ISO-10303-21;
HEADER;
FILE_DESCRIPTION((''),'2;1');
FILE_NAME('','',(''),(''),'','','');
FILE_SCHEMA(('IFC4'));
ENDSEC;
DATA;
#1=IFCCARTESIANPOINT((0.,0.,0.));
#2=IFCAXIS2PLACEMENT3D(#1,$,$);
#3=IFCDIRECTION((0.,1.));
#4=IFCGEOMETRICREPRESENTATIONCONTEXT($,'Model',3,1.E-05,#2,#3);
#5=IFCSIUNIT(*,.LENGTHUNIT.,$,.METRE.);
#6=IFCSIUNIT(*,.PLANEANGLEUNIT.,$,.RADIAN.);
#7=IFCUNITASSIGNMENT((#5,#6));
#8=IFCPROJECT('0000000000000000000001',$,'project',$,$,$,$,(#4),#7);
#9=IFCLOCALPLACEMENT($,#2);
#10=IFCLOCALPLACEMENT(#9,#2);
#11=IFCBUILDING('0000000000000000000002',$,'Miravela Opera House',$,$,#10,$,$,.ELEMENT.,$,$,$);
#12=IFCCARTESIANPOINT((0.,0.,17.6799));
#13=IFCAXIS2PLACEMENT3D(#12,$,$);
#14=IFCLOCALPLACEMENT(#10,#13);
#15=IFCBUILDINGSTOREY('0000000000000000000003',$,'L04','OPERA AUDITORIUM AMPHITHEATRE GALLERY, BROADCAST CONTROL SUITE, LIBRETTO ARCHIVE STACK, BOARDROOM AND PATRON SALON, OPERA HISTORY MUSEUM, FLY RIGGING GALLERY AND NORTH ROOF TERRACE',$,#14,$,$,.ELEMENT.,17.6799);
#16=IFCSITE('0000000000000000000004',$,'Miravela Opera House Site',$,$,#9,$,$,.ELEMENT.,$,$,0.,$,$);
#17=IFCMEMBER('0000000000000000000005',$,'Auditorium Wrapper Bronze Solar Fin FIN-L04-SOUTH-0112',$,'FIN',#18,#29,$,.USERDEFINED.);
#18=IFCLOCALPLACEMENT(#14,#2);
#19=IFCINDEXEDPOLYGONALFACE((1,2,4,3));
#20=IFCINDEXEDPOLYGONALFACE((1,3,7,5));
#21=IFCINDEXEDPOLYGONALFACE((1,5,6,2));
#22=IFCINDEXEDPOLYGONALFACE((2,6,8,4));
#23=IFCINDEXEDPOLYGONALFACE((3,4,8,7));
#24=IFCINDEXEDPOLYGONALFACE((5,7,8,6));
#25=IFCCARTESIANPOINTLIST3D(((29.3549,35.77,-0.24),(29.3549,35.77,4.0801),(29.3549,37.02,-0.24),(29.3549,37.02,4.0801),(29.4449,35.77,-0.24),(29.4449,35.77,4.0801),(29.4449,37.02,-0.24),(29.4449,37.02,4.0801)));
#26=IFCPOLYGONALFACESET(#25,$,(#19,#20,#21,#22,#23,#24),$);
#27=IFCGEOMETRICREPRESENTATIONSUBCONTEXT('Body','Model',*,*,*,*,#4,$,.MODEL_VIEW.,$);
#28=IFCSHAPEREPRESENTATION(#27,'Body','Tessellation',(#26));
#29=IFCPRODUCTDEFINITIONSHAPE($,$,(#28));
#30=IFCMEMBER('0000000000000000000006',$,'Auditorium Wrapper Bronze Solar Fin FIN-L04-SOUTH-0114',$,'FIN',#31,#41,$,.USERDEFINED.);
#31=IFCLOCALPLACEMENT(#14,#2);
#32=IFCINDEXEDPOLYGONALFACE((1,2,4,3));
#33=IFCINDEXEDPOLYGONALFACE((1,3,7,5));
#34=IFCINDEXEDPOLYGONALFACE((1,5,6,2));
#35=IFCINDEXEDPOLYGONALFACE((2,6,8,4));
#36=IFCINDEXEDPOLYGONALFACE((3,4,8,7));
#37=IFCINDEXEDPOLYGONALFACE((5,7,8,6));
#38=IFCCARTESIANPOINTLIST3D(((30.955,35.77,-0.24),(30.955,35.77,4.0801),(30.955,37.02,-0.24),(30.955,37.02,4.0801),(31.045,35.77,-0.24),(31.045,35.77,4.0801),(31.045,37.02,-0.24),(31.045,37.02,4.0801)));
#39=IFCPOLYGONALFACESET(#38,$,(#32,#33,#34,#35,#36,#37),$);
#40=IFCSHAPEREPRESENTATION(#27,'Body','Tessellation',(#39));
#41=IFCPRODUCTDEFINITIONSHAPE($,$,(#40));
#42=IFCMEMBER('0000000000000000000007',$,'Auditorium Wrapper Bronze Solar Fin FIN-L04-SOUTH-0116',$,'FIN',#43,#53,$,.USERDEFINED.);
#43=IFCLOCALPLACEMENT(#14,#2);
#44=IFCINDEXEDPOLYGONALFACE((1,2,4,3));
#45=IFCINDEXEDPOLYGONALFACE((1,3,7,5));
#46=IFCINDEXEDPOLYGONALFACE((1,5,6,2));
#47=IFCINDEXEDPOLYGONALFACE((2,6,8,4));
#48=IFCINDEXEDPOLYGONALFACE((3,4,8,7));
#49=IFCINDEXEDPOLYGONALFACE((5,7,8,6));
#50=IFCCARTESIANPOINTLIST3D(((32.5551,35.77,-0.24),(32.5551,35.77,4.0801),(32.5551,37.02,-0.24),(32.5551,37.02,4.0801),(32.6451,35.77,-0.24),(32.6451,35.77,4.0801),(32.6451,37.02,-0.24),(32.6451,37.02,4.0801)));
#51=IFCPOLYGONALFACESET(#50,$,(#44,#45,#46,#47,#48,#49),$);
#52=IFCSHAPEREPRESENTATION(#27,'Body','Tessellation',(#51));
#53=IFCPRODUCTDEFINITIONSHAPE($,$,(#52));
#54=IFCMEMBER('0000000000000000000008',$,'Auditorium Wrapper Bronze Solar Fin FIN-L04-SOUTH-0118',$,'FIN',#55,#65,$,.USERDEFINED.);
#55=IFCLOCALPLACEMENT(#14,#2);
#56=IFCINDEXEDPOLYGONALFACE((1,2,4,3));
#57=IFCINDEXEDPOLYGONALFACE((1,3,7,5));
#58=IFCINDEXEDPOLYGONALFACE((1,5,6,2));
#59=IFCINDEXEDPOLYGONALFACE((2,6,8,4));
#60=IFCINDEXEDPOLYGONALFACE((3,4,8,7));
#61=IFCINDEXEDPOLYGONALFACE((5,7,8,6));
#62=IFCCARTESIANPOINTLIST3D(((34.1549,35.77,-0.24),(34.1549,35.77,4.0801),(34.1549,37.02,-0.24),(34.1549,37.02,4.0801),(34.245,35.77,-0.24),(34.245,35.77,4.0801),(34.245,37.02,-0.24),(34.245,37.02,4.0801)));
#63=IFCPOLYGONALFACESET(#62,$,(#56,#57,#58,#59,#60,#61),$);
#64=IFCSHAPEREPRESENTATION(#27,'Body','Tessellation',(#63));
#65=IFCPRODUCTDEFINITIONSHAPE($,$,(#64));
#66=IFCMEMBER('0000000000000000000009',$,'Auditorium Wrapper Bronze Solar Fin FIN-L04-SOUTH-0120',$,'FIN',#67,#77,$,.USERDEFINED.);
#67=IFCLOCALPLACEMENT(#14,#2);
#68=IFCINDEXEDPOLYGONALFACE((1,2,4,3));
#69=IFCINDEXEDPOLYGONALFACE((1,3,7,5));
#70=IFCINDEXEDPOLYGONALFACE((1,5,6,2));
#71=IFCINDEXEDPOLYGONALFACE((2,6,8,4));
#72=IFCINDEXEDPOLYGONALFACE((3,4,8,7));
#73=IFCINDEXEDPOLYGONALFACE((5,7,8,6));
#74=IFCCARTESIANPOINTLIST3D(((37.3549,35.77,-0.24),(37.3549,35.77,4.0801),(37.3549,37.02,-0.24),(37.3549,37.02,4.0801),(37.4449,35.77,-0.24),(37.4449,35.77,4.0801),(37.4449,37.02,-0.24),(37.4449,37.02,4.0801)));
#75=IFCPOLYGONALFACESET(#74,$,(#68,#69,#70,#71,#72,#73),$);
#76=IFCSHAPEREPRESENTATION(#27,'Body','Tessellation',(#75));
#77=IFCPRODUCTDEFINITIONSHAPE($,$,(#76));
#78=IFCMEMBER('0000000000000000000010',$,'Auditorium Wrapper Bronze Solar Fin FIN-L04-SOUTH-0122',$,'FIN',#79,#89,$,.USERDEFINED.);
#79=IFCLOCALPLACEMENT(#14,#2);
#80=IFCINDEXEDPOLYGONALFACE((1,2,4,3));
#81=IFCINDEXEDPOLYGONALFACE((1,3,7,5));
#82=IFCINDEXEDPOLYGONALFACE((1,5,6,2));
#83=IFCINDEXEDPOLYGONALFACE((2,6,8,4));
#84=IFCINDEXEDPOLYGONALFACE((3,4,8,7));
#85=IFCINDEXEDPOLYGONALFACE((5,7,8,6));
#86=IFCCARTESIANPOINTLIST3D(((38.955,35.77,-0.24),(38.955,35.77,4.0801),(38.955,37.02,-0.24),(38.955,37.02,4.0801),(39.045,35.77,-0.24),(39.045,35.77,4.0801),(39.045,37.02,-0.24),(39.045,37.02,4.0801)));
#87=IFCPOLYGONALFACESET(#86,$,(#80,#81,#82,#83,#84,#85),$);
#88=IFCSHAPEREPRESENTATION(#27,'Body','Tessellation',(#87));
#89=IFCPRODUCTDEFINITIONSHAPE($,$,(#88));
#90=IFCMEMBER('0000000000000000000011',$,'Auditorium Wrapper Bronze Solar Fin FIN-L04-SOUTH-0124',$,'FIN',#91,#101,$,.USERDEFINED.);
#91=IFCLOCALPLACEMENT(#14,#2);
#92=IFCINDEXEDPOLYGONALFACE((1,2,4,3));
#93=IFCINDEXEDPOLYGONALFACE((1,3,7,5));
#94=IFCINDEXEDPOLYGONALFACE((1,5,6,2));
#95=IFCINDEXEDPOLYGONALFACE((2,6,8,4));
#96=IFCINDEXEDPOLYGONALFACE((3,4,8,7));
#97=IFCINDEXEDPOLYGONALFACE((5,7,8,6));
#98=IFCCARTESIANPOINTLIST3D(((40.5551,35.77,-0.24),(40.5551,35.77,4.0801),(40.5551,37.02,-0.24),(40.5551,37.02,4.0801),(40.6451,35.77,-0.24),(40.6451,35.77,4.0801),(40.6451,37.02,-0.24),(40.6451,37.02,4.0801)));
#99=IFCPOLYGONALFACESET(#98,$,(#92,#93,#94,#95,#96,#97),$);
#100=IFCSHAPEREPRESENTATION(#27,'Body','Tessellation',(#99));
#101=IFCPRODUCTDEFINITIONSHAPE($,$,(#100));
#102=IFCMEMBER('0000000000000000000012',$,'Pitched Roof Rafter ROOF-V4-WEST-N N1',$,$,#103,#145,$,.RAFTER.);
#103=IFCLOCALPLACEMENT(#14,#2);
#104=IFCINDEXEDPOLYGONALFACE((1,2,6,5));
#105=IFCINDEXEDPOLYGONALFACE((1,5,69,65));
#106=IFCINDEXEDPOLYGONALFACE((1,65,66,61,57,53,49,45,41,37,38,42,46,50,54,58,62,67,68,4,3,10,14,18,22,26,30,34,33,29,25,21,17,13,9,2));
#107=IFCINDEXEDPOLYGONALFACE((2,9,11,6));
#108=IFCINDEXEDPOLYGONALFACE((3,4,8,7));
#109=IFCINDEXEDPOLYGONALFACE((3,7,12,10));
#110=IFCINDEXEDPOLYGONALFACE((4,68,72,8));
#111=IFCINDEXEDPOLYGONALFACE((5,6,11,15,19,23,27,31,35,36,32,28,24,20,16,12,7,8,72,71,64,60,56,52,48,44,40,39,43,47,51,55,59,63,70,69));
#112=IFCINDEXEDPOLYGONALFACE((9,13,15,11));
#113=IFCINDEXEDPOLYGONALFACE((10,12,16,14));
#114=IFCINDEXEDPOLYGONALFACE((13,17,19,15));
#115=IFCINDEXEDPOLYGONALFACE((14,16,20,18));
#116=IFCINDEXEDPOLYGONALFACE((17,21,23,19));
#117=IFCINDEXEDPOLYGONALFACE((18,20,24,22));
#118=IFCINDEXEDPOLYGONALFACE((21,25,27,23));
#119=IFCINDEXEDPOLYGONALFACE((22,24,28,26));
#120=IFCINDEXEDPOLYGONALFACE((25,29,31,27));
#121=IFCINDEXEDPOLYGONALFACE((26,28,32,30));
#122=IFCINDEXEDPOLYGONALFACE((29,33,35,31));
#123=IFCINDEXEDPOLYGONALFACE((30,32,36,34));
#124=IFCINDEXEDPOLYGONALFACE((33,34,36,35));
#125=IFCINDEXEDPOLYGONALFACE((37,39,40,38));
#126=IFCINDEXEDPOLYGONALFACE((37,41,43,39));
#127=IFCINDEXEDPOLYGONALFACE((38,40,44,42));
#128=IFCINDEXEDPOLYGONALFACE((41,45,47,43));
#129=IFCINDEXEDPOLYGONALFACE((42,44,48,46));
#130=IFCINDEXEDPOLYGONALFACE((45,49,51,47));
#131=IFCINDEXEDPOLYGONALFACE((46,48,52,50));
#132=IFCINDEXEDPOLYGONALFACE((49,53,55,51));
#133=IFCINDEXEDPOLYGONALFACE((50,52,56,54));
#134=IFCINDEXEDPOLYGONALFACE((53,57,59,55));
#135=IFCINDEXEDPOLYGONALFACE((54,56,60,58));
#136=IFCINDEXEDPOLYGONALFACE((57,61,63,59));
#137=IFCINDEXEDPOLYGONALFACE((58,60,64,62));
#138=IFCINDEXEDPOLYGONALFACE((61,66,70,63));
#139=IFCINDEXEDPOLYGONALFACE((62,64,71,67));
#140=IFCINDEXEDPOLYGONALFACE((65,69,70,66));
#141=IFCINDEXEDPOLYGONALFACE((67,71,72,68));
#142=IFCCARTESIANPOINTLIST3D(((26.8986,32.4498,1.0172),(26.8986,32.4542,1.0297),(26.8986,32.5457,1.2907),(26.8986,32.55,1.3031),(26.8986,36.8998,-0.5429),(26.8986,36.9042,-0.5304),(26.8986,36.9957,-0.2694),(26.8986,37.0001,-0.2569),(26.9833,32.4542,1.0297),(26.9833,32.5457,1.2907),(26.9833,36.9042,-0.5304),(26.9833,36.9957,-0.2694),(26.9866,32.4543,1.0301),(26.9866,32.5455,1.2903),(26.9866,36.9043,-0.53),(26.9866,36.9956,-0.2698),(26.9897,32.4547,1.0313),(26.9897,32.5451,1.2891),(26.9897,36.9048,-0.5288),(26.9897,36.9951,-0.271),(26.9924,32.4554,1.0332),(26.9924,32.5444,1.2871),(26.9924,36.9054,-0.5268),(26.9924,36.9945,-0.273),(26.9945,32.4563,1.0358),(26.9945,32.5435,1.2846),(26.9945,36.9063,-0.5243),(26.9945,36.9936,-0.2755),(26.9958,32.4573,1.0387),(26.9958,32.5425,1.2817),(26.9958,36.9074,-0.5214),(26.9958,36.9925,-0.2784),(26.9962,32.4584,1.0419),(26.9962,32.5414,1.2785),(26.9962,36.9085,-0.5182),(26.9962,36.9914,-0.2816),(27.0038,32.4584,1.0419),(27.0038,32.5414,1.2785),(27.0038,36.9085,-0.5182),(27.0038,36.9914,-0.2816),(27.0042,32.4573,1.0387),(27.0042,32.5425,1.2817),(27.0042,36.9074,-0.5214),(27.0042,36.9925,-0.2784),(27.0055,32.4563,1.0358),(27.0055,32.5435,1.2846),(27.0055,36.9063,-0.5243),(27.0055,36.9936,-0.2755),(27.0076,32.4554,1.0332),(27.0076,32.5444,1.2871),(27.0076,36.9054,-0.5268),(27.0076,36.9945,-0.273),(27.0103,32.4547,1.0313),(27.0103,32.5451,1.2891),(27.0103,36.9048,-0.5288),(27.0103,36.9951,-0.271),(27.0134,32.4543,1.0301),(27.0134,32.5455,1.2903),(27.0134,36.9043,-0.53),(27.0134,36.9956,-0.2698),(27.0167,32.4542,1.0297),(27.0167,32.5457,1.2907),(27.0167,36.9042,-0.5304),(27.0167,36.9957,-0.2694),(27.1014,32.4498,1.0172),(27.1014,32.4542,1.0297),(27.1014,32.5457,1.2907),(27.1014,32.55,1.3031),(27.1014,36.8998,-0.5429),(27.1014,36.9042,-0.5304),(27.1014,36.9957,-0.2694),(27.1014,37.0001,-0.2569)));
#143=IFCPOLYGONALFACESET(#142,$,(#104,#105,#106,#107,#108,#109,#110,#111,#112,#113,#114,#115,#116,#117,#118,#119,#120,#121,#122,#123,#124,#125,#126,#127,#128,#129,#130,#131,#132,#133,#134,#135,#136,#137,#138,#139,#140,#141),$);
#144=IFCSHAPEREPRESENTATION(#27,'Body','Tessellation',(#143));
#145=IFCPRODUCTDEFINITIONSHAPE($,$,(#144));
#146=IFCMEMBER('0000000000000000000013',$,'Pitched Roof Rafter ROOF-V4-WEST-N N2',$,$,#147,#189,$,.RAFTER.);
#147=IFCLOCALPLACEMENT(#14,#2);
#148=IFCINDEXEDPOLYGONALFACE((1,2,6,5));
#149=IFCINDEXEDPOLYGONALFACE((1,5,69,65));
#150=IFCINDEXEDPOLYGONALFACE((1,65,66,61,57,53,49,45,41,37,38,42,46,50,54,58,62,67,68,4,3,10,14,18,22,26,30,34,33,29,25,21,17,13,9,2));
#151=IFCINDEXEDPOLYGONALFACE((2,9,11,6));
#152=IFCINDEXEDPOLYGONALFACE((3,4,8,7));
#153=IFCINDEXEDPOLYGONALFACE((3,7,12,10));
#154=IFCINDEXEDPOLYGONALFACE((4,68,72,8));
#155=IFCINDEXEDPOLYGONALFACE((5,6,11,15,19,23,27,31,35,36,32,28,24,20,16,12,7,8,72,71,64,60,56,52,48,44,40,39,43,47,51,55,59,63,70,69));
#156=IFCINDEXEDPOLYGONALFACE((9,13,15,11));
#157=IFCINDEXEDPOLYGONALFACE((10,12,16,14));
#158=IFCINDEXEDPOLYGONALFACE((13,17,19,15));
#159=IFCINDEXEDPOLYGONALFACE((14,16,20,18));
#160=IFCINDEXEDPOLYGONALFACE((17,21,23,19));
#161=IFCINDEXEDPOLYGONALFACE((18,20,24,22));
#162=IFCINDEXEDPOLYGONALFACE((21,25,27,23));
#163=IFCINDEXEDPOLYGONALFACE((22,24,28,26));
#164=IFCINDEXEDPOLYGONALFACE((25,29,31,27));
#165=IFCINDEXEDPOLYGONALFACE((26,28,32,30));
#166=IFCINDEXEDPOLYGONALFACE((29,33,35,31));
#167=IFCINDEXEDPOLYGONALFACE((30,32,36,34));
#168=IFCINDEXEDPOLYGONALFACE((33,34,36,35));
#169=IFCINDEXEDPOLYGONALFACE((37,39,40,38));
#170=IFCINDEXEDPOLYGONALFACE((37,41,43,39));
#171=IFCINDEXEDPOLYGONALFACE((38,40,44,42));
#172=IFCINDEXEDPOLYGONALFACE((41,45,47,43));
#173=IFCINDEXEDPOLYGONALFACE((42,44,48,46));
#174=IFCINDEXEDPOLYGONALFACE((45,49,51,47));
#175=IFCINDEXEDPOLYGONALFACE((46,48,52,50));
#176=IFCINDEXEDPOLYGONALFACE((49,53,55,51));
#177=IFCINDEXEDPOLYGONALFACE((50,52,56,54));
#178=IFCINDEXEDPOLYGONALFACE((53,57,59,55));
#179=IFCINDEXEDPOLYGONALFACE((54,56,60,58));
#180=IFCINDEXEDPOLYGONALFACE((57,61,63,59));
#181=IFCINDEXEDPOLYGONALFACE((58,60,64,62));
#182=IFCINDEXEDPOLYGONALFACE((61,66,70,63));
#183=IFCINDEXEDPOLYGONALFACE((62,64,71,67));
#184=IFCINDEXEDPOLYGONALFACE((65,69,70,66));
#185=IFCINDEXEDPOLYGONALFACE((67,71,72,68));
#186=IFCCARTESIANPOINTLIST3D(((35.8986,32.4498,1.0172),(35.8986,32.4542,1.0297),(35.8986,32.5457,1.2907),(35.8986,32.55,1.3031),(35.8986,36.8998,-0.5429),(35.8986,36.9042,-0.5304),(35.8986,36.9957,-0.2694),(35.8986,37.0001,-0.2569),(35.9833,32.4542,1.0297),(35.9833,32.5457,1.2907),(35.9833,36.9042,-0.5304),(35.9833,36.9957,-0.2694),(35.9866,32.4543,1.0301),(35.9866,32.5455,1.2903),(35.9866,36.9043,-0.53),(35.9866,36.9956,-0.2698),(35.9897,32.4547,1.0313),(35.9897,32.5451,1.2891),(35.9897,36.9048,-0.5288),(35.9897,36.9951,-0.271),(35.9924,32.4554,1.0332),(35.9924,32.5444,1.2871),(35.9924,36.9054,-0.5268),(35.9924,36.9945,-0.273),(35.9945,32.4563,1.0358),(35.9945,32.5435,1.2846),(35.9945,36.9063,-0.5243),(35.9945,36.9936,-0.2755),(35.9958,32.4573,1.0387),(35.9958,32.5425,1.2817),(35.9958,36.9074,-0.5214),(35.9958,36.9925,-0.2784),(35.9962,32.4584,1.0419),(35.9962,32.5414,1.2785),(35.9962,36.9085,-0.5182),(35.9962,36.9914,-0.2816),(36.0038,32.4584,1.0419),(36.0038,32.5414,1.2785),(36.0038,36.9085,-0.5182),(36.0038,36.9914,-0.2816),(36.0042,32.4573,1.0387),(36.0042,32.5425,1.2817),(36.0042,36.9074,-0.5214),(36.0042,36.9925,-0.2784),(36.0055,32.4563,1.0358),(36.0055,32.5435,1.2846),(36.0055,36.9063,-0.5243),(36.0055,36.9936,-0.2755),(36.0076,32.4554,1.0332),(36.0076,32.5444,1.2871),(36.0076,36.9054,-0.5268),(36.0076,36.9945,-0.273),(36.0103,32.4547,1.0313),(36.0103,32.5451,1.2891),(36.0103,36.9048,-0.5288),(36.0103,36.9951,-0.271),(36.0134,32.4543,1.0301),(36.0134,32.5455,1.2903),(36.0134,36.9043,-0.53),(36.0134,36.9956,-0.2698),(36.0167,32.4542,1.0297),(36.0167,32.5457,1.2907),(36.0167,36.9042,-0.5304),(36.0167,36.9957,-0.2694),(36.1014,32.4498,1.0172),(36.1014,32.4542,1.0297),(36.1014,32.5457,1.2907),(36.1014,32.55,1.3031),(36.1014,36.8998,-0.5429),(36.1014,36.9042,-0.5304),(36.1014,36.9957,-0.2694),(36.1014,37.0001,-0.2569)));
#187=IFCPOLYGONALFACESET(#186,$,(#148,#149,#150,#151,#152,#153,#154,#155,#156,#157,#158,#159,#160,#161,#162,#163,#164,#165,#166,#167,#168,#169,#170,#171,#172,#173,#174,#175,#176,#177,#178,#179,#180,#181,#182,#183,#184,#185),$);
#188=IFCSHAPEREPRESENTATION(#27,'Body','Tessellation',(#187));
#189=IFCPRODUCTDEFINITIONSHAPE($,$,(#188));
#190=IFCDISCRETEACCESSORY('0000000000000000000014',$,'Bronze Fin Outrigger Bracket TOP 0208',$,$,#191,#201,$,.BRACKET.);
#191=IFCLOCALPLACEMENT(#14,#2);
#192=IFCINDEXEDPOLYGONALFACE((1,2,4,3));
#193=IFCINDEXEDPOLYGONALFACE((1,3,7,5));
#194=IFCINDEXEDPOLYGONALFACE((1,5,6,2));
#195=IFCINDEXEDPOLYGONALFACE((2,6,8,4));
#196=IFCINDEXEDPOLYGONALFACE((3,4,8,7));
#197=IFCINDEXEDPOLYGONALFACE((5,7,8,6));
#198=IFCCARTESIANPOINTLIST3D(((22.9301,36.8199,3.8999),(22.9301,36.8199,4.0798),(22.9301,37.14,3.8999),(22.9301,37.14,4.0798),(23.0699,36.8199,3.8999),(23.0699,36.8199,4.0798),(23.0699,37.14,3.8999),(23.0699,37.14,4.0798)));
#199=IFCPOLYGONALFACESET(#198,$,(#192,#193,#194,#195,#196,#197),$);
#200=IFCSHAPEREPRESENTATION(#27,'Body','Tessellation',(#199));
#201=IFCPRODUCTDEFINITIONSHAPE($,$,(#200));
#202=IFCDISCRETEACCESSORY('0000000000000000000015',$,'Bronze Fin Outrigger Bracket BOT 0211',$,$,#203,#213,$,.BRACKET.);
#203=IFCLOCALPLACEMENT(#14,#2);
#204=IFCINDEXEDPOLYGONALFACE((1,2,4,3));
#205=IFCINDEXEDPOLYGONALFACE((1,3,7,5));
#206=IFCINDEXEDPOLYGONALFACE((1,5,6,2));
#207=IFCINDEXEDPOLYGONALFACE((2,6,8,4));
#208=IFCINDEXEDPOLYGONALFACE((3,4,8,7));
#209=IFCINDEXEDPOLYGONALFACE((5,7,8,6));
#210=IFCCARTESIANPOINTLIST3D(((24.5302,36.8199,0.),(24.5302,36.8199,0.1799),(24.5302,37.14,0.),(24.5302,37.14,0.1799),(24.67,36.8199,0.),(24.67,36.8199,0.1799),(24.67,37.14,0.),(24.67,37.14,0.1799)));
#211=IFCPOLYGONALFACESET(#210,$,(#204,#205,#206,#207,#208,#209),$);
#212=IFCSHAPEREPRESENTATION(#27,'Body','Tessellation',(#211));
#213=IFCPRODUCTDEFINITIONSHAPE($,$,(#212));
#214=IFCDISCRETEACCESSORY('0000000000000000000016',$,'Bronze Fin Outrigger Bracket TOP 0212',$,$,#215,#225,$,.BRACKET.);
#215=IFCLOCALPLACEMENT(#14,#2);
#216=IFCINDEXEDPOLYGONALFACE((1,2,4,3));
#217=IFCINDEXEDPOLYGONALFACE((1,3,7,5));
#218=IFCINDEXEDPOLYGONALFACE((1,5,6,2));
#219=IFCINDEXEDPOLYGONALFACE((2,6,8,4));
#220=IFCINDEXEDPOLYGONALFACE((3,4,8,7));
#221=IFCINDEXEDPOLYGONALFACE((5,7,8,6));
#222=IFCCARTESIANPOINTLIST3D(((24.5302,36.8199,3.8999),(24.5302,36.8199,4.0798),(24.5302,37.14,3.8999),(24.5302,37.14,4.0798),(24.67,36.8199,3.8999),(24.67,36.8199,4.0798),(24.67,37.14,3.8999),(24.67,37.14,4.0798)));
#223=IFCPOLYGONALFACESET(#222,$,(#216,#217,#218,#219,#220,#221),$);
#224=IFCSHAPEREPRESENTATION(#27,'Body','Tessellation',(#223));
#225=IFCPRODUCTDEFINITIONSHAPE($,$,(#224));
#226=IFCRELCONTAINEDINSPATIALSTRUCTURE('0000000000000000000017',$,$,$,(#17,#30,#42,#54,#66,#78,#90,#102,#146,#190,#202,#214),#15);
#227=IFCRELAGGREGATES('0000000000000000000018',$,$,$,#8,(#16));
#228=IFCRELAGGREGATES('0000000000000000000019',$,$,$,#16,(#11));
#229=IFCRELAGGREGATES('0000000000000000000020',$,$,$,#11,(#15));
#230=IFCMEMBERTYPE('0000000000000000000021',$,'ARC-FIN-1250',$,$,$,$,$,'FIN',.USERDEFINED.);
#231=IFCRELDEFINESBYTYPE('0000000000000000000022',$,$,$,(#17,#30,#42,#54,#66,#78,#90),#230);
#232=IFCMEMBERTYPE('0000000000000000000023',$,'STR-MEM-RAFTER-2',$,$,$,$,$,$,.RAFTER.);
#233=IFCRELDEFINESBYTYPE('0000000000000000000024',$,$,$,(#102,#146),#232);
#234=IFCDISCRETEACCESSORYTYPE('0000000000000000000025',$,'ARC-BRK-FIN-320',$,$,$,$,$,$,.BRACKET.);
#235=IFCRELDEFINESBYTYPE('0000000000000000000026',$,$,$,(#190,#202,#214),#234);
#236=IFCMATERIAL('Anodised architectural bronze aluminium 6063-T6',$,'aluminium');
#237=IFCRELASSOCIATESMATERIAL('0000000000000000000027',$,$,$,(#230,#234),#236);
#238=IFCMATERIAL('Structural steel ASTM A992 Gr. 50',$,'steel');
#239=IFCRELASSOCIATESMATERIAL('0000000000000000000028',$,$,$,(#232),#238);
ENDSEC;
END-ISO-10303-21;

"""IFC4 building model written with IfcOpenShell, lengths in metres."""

from ifc_helpers import new_model, si_unit, direction, frame, origin, origin_2d, place, context, subcontext, project, spatial, rectangle, i_section, extrude, material, material_profile, profile_set, type_object, element, save


model = new_model("IFC4")

# Units and contexts
model_context = context("Model", 3, precision=1e-05, world=origin(), true_north=direction((0.0, 1.0)))
body_context = subcontext(model_context, "Body", "Model", "MODEL_VIEW")
ifc_project = project(units=[si_unit("LENGTHUNIT", "METRE"), si_unit("PLANEANGLEUNIT", "RADIAN")], contexts=[model_context])

# Site, building, storey
site_placement = place(None, origin())
site = spatial("IfcSite", under=ifc_project, at=site_placement, Name="Miravela Opera House Site", CompositionType="ELEMENT", RefElevation=0.0)
building_placement = place(site_placement, origin())
building = spatial("IfcBuilding", under=site, at=building_placement, Name="Miravela Opera House", CompositionType="ELEMENT")
storey_placement = place(building_placement, frame((0.0, 0.0, 17.6799)))
storey = spatial("IfcBuildingStorey", under=building, at=storey_placement, Name="L04", Description="OPERA AUDITORIUM AMPHITHEATRE GALLERY, BROADCAST CONTROL SUITE, LIBRETTO ARCHIVE STACK, BOARDROOM AND PATRON SALON, OPERA HISTORY MUSEUM, FLY RIGGING GALLERY AND NORTH ROOF TERRACE", CompositionType="ELEMENT", Elevation=17.6799)

# Members
ifc_material_1 = material(Name="Anodised architectural bronze aluminium 6063-T6", Category="aluminium")
ifc_material_profile_1 = material_profile(ifc_material_1, rectangle(XDim=0.0901, YDim=1.25, at=origin_2d()), Name="FIN-1250X90")
ifc_profile_set_1 = profile_set([ifc_material_profile_1])
member_type_1 = type_object("IfcMemberType", Name="ARC-FIN-1250", ElementType="FIN", PredefinedType="USERDEFINED", material=ifc_profile_set_1)
for number, where, z_axis, x_axis, name in (
    (1, (29.3999, 36.395, -0.24), (0.0, 0.0, 1.0), (1.0, 0.0, 0.0), "Auditorium Wrapper Bronze Solar Fin FIN-L04-SOUTH-0112"),
    (2, (31.0, 36.395, -0.24), (0.0, 0.0, 1.0), (1.0, 0.0, 0.0), "Auditorium Wrapper Bronze Solar Fin FIN-L04-SOUTH-0114"),
    (3, (32.6001, 36.395, -0.24), (0.0, 0.0, 1.0), (1.0, 0.0, 0.0), "Auditorium Wrapper Bronze Solar Fin FIN-L04-SOUTH-0116"),
    (4, (34.2, 36.395, -0.24), (0.0, 0.0, 1.0), (1.0, 0.0, 0.0), "Auditorium Wrapper Bronze Solar Fin FIN-L04-SOUTH-0118"),
    (5, (37.3999, 36.395, -0.24), (0.0, 0.0, 1.0), (1.0, 0.0, 0.0), "Auditorium Wrapper Bronze Solar Fin FIN-L04-SOUTH-0120"),
    (6, (39.0, 36.395, -0.24), (0.0, 0.0, 1.0), (1.0, 0.0, 0.0), "Auditorium Wrapper Bronze Solar Fin FIN-L04-SOUTH-0122"),
    (7, (40.6001, 36.395, -0.24), (0.0, 0.0, 1.0), (1.0, 0.0, 0.0), "Auditorium Wrapper Bronze Solar Fin FIN-L04-SOUTH-0124"),
):
    element("IfcMember", number, at=place(storey_placement, frame(where, z_axis=z_axis, x_axis=x_axis)), inside=storey, type_object=member_type_1, Name=name, ObjectType="FIN", PredefinedType="USERDEFINED", context=body_context, shape_type="SweptSolid", body=[
        extrude(rectangle(XDim=0.0901, YDim=1.25, at=origin_2d()), origin(), (0.0, 0.0, 1.0), 4.3201),
    ])
ifc_material_2 = material(Name="Structural steel ASTM A992 Gr. 50", Category="steel")
ifc_material_profile_2 = material_profile(ifc_material_2, i_section(OverallWidth=0.2029, OverallDepth=0.303, WebThickness=0.0076, FlangeThickness=0.0132, FilletRadius=0.0129, at=origin_2d()), Name="W310X60")
ifc_profile_set_2 = profile_set([ifc_material_profile_2])
member_type_2 = type_object("IfcMemberType", Name="STR-MEM-RAFTER-2", PredefinedType="RAFTER", material=ifc_profile_set_2)
for number, where, z_axis, x_axis, name in (
    (8, (27.0, 36.95, -0.3999), (0.0, -0.943688, 0.330837), (1.0, 0.0, 0.0), "Pitched Roof Rafter ROOF-V4-WEST-N N1"),
    (9, (36.0, 36.95, -0.3999), (0.0, -0.943688, 0.330837), (1.0, 0.0, 0.0), "Pitched Roof Rafter ROOF-V4-WEST-N N2"),
):
    element("IfcMember", number, at=place(storey_placement, frame(where, z_axis=z_axis, x_axis=x_axis)), inside=storey, type_object=member_type_2, Name=name, PredefinedType="RAFTER", context=body_context, shape_type="SweptSolid", body=[
        extrude(i_section(OverallWidth=0.2029, OverallDepth=0.303, WebThickness=0.0076, FlangeThickness=0.0132, FilletRadius=0.0129, at=origin_2d()), origin(), (0.0, 0.0, 1.0), 4.7156),
    ])

# Discrete accessories
discrete_accessory_type = type_object("IfcDiscreteAccessoryType", Name="ARC-BRK-FIN-320", PredefinedType="BRACKET", material=ifc_material_1)
for number, where, z_axis, x_axis, name in (
    (10, (23.0, 36.98, 3.8999), (0.0, 0.0, 1.0), (0.0, 1.0, 0.0), "Bronze Fin Outrigger Bracket TOP 0208"),
    (11, (24.6001, 36.98, 0.0), (0.0, 0.0, 1.0), (0.0, 1.0, 0.0), "Bronze Fin Outrigger Bracket BOT 0211"),
    (12, (24.6001, 36.98, 3.8999), (0.0, 0.0, 1.0), (0.0, 1.0, 0.0), "Bronze Fin Outrigger Bracket TOP 0212"),
):
    element("IfcDiscreteAccessory", number, at=place(storey_placement, frame(where, z_axis=z_axis, x_axis=x_axis)), inside=storey, type_object=discrete_accessory_type, Name=name, PredefinedType="BRACKET", context=body_context, shape_type="SweptSolid", body=[
        extrude(rectangle(XDim=0.3201, YDim=0.1399, at=origin_2d()), origin(), (0.0, 0.0, 1.0), 0.1799),
    ])

save(model, "model.ifc")
